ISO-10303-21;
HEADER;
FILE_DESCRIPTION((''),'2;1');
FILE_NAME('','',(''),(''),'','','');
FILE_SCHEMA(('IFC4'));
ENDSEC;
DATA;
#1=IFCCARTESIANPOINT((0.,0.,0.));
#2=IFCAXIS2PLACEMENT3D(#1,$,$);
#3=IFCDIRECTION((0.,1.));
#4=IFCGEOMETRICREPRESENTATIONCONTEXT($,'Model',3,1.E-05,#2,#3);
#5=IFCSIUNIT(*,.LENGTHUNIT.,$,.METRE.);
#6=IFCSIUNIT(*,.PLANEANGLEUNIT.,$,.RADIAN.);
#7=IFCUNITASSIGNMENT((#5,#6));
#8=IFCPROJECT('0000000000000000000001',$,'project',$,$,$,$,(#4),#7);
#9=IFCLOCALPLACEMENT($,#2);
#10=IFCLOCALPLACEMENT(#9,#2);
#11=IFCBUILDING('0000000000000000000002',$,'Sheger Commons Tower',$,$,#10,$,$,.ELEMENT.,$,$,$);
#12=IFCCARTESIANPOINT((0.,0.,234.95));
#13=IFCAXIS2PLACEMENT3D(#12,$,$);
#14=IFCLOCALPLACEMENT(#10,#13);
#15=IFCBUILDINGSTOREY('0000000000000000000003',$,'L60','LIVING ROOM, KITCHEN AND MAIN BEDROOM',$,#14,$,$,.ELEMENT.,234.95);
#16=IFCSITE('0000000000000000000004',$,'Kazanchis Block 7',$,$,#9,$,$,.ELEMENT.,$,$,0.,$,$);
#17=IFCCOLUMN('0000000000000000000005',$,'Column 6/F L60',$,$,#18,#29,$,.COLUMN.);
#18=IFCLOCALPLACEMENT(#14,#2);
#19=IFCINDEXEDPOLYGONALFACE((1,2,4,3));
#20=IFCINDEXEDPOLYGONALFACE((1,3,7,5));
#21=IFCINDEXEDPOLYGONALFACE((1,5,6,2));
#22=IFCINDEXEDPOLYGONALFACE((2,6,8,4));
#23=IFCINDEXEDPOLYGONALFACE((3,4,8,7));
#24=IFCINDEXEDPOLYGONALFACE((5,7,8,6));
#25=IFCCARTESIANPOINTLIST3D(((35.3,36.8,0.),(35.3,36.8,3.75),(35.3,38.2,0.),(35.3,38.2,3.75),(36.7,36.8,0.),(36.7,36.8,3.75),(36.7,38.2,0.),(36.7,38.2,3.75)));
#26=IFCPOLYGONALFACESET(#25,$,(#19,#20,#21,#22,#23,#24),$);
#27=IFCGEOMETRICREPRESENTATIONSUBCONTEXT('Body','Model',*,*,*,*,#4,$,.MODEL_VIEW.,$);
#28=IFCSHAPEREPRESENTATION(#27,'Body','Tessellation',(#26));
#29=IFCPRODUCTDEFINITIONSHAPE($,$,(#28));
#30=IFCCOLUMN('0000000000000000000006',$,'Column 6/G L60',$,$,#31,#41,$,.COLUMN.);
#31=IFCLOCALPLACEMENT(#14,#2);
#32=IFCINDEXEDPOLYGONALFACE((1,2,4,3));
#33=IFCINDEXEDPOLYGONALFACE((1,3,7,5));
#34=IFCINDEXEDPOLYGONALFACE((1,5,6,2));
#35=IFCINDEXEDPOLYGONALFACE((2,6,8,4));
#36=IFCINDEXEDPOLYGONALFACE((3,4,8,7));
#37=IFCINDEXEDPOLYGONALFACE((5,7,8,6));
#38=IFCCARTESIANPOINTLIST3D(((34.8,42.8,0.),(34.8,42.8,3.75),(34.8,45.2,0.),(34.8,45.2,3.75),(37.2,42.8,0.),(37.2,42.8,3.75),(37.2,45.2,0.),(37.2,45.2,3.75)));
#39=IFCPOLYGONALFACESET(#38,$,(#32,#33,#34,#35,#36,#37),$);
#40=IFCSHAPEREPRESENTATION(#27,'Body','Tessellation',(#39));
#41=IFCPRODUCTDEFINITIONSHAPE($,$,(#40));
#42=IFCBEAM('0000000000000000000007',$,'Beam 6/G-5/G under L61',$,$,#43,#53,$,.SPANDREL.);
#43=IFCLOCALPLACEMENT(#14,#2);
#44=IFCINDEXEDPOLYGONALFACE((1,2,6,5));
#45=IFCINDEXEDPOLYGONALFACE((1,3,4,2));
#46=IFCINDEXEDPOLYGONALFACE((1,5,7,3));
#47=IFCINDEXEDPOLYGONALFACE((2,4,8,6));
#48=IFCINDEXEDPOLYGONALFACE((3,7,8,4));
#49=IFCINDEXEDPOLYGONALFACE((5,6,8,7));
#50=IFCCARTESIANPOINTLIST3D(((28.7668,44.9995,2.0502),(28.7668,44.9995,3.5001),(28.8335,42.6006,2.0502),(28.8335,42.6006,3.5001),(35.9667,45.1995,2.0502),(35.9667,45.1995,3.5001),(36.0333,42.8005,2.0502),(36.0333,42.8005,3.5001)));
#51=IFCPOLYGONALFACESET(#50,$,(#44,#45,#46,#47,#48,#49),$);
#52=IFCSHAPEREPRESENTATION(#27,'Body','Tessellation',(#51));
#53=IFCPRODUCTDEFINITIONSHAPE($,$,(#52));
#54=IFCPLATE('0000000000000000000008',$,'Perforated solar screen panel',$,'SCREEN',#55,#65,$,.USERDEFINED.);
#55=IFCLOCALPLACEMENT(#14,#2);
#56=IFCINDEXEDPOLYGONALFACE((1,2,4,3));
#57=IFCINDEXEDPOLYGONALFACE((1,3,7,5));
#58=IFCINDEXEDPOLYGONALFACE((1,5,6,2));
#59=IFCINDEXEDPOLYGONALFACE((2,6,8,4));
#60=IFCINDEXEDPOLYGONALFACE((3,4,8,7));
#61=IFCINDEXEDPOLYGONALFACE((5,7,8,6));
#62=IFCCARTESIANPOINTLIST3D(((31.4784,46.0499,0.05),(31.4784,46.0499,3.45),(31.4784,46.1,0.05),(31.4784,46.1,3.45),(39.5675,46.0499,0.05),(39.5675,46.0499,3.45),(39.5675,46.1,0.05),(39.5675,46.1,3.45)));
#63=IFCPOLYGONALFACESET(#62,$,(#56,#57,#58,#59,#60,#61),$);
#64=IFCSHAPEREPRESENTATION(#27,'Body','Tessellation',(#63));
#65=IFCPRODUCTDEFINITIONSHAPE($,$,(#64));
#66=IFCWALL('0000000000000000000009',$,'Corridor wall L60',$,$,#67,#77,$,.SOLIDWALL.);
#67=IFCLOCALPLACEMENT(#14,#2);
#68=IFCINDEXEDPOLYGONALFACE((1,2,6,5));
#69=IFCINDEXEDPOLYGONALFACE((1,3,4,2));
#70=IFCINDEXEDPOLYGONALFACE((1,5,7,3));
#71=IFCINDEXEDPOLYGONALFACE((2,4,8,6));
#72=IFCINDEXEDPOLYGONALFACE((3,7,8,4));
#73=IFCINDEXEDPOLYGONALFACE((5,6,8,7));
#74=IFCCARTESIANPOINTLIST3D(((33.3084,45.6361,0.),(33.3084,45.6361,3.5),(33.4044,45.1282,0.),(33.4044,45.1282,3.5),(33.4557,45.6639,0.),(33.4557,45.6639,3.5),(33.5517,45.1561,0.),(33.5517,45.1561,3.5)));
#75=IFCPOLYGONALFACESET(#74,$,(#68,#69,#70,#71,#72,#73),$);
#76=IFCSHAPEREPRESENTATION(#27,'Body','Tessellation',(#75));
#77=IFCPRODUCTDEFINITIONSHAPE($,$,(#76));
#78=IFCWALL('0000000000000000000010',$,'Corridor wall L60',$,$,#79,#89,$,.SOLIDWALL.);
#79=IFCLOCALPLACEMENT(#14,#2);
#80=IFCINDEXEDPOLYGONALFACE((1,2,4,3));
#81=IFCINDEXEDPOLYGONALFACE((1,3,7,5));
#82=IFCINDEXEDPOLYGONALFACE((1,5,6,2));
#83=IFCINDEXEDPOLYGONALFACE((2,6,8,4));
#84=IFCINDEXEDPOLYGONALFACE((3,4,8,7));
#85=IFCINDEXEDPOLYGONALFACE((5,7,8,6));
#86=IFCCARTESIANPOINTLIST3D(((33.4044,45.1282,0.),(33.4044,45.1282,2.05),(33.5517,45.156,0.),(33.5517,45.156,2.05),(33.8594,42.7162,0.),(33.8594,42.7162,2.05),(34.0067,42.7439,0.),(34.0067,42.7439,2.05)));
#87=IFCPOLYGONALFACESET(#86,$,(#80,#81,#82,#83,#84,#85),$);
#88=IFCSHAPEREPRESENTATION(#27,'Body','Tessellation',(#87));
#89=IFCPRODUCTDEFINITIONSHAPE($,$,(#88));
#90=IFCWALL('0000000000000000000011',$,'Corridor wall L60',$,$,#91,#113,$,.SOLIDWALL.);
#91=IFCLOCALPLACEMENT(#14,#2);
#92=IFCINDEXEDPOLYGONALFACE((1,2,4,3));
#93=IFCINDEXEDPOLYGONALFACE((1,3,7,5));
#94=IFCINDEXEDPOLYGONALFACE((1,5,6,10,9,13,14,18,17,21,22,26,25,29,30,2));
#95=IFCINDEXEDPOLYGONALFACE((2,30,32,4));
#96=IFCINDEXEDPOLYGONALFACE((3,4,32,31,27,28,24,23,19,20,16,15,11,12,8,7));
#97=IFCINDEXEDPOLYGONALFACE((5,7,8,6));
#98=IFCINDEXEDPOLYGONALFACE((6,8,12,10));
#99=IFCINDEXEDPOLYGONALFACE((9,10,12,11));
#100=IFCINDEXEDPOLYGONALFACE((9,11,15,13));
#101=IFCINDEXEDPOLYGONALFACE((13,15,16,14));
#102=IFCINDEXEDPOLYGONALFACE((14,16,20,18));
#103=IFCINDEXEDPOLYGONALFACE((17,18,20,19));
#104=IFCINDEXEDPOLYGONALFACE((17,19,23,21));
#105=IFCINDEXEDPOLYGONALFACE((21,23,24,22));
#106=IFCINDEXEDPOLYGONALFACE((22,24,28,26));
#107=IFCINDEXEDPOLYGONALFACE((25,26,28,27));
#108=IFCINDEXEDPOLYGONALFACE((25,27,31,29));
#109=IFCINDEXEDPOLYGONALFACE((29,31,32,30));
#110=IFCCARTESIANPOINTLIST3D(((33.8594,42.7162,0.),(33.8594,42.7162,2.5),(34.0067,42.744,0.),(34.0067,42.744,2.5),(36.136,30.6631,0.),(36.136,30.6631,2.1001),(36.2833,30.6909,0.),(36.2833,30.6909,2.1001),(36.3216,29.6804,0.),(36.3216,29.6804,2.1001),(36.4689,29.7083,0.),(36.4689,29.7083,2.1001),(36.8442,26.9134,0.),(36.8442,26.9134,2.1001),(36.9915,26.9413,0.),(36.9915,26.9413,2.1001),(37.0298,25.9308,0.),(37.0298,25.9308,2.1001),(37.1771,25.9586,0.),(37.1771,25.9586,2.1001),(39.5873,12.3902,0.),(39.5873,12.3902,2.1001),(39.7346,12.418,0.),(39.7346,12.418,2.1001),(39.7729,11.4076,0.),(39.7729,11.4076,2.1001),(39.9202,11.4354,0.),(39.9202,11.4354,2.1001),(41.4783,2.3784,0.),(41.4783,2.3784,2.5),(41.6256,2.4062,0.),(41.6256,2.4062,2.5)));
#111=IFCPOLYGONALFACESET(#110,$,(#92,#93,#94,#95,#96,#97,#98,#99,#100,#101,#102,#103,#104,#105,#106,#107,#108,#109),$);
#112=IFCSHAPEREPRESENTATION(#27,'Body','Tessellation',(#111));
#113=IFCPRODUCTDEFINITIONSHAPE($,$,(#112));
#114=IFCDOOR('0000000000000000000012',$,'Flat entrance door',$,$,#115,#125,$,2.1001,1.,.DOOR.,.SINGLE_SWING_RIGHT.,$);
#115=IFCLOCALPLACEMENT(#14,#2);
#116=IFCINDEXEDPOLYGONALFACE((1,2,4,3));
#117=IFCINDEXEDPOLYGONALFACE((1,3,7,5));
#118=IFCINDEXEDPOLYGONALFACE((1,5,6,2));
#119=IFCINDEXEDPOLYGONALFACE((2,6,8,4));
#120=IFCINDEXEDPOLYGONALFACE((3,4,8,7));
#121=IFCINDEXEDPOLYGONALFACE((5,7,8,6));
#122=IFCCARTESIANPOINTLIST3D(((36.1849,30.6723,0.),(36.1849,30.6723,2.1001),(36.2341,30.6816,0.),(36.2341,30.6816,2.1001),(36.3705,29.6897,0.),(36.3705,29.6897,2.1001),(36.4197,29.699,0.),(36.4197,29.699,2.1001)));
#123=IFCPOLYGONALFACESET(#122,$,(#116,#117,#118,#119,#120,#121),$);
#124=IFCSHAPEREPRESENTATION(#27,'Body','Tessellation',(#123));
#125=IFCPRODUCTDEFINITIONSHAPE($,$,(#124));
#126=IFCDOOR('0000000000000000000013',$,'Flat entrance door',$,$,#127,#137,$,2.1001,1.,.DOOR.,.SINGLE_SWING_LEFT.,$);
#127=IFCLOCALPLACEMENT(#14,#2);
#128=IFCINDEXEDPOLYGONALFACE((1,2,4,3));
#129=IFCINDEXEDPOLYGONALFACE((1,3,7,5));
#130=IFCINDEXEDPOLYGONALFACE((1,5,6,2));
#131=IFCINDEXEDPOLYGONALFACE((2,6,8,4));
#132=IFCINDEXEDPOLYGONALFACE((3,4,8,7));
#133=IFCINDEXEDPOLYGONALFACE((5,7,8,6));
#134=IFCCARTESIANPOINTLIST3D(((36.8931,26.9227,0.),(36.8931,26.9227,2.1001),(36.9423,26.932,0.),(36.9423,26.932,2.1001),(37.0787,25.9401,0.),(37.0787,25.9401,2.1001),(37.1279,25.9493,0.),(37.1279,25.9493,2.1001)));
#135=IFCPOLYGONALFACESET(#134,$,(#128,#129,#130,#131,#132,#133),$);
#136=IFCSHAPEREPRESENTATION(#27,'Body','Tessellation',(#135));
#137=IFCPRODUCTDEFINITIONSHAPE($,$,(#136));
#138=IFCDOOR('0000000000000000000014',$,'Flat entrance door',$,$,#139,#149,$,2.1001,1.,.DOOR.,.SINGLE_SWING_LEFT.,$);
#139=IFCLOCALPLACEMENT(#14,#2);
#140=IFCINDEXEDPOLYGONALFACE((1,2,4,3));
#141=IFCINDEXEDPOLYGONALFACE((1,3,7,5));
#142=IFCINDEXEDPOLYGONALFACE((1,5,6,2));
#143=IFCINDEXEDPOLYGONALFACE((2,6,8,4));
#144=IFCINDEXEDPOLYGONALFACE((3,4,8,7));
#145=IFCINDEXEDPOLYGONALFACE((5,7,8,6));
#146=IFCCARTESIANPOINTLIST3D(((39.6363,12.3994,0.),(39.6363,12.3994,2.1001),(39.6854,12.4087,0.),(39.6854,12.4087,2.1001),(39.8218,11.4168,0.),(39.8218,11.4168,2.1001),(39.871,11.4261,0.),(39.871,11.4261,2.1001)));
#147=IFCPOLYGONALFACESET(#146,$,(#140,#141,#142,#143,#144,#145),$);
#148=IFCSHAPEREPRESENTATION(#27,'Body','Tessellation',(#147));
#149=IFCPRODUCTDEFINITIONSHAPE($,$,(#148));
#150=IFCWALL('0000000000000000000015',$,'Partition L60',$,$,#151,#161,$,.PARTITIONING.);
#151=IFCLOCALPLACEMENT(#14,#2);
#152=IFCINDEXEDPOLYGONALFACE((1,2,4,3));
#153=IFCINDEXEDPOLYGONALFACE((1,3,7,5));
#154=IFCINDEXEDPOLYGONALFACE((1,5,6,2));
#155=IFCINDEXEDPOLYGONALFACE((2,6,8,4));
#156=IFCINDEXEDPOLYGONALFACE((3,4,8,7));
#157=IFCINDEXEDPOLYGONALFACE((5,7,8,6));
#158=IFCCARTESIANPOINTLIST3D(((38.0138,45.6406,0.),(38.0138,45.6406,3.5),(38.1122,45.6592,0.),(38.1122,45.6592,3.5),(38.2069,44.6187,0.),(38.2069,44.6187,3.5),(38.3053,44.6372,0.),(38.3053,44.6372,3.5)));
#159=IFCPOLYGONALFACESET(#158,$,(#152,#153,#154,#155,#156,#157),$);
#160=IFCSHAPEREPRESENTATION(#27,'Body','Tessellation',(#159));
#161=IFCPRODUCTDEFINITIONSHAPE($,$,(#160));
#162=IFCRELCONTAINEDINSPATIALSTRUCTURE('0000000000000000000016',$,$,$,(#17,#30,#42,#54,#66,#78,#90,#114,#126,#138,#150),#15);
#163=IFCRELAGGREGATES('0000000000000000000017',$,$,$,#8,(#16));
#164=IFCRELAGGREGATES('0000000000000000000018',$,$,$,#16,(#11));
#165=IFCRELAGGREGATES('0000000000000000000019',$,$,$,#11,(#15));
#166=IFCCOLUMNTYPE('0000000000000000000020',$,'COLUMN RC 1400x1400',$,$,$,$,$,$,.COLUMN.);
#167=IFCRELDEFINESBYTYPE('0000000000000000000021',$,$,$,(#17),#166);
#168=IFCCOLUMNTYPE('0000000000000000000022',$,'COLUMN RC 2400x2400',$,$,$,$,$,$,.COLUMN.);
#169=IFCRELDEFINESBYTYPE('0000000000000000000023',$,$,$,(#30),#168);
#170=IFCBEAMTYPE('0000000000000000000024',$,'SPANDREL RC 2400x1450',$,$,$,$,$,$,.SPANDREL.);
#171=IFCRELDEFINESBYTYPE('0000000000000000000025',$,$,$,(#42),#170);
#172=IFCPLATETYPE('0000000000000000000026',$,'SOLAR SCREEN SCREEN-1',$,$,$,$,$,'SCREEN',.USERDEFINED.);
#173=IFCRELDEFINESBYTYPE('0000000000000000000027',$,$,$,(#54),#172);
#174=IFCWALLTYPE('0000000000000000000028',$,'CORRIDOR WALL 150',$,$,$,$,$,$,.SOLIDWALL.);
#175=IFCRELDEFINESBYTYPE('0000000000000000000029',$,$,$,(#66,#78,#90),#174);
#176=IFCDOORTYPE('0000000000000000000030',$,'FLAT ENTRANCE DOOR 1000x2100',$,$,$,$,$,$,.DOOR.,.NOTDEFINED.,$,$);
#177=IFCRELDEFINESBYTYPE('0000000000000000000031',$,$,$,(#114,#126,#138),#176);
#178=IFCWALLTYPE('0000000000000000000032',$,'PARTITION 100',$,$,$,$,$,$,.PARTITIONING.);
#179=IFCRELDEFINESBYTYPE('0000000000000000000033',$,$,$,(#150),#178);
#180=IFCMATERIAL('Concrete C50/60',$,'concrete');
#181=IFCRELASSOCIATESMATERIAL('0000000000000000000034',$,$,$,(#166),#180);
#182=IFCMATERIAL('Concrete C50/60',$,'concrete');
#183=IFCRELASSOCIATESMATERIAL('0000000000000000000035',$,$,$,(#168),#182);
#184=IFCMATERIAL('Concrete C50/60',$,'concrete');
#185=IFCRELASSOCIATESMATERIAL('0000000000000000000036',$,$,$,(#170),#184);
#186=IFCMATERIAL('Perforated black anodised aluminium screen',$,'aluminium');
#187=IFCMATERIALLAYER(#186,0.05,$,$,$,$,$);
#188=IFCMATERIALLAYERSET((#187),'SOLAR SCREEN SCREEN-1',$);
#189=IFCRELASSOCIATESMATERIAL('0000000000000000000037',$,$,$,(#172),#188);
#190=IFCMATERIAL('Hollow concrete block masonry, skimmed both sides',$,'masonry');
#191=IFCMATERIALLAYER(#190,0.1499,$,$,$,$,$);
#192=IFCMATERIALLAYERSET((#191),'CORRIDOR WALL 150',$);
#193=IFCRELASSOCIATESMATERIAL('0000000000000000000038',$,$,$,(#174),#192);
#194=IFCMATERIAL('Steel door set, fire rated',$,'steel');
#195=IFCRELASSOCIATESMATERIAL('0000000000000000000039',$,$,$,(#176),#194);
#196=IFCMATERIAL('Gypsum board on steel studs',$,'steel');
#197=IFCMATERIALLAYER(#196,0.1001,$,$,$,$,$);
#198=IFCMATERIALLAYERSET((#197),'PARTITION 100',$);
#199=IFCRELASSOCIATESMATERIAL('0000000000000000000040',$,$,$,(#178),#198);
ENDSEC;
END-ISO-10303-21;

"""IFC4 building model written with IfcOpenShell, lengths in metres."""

from ifc_helpers import new_model, si_unit, direction, frame, frame_2d, origin, origin_2d, place, context, subcontext, project, spatial, rectangle, extrude, material, layer, layer_set, material_profile, profile_set, type_object, element, fill, save


model = new_model("IFC4")

# Units and contexts
model_context = context("Model", 3, precision=1e-05, world=origin(), true_north=direction((0.0, 1.0)))
body_context = subcontext(model_context, "Body", "Model", "MODEL_VIEW")
ifc_project = project(units=[si_unit("LENGTHUNIT", "METRE"), si_unit("PLANEANGLEUNIT", "RADIAN")], contexts=[model_context])

# Site, building, storey
site_placement = place(None, origin())
site = spatial("IfcSite", under=ifc_project, at=site_placement, Name="Kazanchis Block 7", CompositionType="ELEMENT", RefElevation=0.0)
building_placement = place(site_placement, origin())
building = spatial("IfcBuilding", under=site, at=building_placement, Name="Sheger Commons Tower", CompositionType="ELEMENT")
storey_placement = place(building_placement, frame((0.0, 0.0, 234.95)))
storey = spatial("IfcBuildingStorey", under=building, at=storey_placement, Name="L60", Description="LIVING ROOM, KITCHEN AND MAIN BEDROOM", CompositionType="ELEMENT", Elevation=234.95)

# Columns
ifc_material_1 = material(Name="Concrete C50/60", Category="concrete")
ifc_material_profile_1 = material_profile(ifc_material_1, rectangle(XDim=1.3999, YDim=1.3999, at=origin_2d()), Name="RC 1400x1400")
ifc_profile_set_1 = profile_set([ifc_material_profile_1], Name="Concrete C50/60")
column_type_1 = type_object("IfcColumnType", Name="COLUMN RC 1400x1400", PredefinedType="COLUMN", material=ifc_profile_set_1)
column_1_placement = place(storey_placement, frame((36.0, 37.5, 0.0), z_axis=(0.0, 0.0, 1.0), x_axis=(1.0, 0.0, 0.0)))
element("IfcColumn", 1, at=column_1_placement, inside=storey, type_object=column_type_1, Name="Column 6/F L60", PredefinedType="COLUMN", context=body_context, shape_type="SweptSolid", body=[
    extrude(rectangle(XDim=1.3999, YDim=1.3999, at=origin_2d()), origin(), (0.0, 0.0, 1.0), 3.75),
])
ifc_material_2 = material(Name="Concrete C50/60", Category="concrete")
ifc_material_profile_2 = material_profile(ifc_material_2, rectangle(XDim=2.3999, YDim=2.3999, at=origin_2d()), Name="RC 2400x2400")
ifc_profile_set_2 = profile_set([ifc_material_profile_2], Name="Concrete C50/60")
column_type_2 = type_object("IfcColumnType", Name="COLUMN RC 2400x2400", PredefinedType="COLUMN", material=ifc_profile_set_2)
column_2_placement = place(storey_placement, frame((36.0, 44.0, 0.0), z_axis=(0.0, 0.0, 1.0), x_axis=(1.0, 0.0, 0.0)))
element("IfcColumn", 2, at=column_2_placement, inside=storey, type_object=column_type_2, Name="Column 6/G L60", PredefinedType="COLUMN", context=body_context, shape_type="SweptSolid", body=[
    extrude(rectangle(XDim=2.3999, YDim=2.3999, at=origin_2d()), origin(), (0.0, 0.0, 1.0), 3.75),
])

# Beam
ifc_material_3 = material(Name="Concrete C50/60", Category="concrete")
ifc_material_profile_3 = material_profile(ifc_material_3, rectangle(XDim=2.3999, YDim=1.45, at=origin_2d()), Name="RC 2400x1450")
ifc_profile_set_3 = profile_set([ifc_material_profile_3], Name="Concrete C50/60")
beam_type = type_object("IfcBeamType", Name="SPANDREL RC 2400x1450", PredefinedType="SPANDREL", material=ifc_profile_set_3)
beam_placement = place(storey_placement, frame((36.0, 44.0, 2.7751), z_axis=(-0.999615, -0.02776, 0.0), x_axis=(0.02776, -0.999615, 0.0)))
element("IfcBeam", 3, at=beam_placement, inside=storey, type_object=beam_type, Name="Beam 6/G-5/G under L61", PredefinedType="SPANDREL", context=body_context, shape_type="SweptSolid", body=[
    extrude(rectangle(XDim=2.3999, YDim=1.45, at=origin_2d()), origin(), (0.0, 0.0, 1.0), 7.2026),
])

# Plate
ifc_material_4 = material(Name="Perforated black anodised aluminium screen", Category="aluminium")
ifc_layer_1 = layer(ifc_material_4, 0.05)
ifc_layer_set_1 = layer_set([ifc_layer_1], Name="SOLAR SCREEN SCREEN-1")
plate_type = type_object("IfcPlateType", Name="SOLAR SCREEN SCREEN-1", ElementType="SCREEN", PredefinedType="USERDEFINED", material=ifc_layer_set_1)
plate_placement = place(storey_placement, frame((35.5229, 46.075, 0.05), z_axis=(0.0, 0.0, 1.0), x_axis=(-1.0, 0.0, 0.0)))
element("IfcPlate", 4, at=plate_placement, inside=storey, type_object=plate_type, Name="Perforated solar screen panel", ObjectType="SCREEN", PredefinedType="USERDEFINED", context=body_context, shape_type="SweptSolid", body=[
    extrude(rectangle(XDim=8.0891, YDim=0.05, at=origin_2d()), origin(), (0.0, 0.0, 1.0), 3.3999),
])

# Walls
ifc_material_5 = material(Name="Hollow concrete block masonry, skimmed both sides", Category="masonry")
ifc_layer_2 = layer(ifc_material_5, 0.1499)
ifc_layer_set_2 = layer_set([ifc_layer_2], Name="CORRIDOR WALL 150")
wall_type_1 = type_object("IfcWallType", Name="CORRIDOR WALL 150", PredefinedType="SOLIDWALL", material=ifc_layer_set_2)
wall_1_placement = place(storey_placement, frame((33.3821, 45.6499, 0.0), z_axis=(0.0, 0.0, 1.0), x_axis=(0.185657, -0.982615, 0.0)))
element("IfcWall", 5, at=wall_1_placement, inside=storey, type_object=wall_type_1, Name="Corridor wall L60", PredefinedType="SOLIDWALL", context=body_context, shape_type="SweptSolid", body=[
    extrude(rectangle(XDim=0.5168, YDim=0.1499, at=frame_2d((0.2583, 0.0))), origin(), (0.0, 0.0, 1.0), 3.5),
])
wall_2_placement = place(storey_placement, frame((33.478, 45.1421, 0.0), z_axis=(0.0, 0.0, 1.0), x_axis=(0.185393, -0.982664, 0.0)))
element("IfcWall", 6, at=wall_2_placement, inside=storey, type_object=wall_type_1, Name="Corridor wall L60", PredefinedType="SOLIDWALL", context=body_context, shape_type="SweptSolid", body=[
    extrude(rectangle(XDim=2.4546, YDim=0.1499, at=frame_2d((1.2273, 0.0))), origin(), (0.0, 0.0, 1.0), 2.05),
])

# Wall, openings, doors
wall_3_placement = place(storey_placement, frame((33.9331, 42.73, 0.0), z_axis=(0.0, 0.0, 1.0), x_axis=(0.185595, -0.982626, 0.0)))
wall_3 = element("IfcWall", 7, at=wall_3_placement, inside=storey, type_object=wall_type_1, Name="Corridor wall L60", PredefinedType="SOLIDWALL", context=body_context, shape_type="SweptSolid", body=[
    extrude(rectangle(XDim=41.051, YDim=0.1499, at=frame_2d((20.5254, 0.0))), origin(), (0.0, 0.0, 1.0), 2.5),
])
opening_1_placement = place(wall_3_placement, frame((12.2661, 0.0, 0.0)))
opening_1 = element("IfcOpeningElement", 8, at=opening_1_placement, cuts=wall_3, PredefinedType="OPENING", context=body_context, shape_type="SweptSolid", body=[
    extrude(rectangle(XDim=1.0, YDim=2.1001, at=frame_2d((0.5, 1.05))), frame((0.0, 0.085, 0.0), z_axis=(0.0, -1.0, 0.0), x_axis=(1.0, 0.0, 0.0)), (0.0, 0.0, 1.0), 0.1699),
])
opening_2_placement = place(wall_3_placement, frame((16.082, 0.0, 0.0)))
opening_2 = element("IfcOpeningElement", 9, at=opening_2_placement, cuts=wall_3, PredefinedType="OPENING", context=body_context, shape_type="SweptSolid", body=[
    extrude(rectangle(XDim=1.0, YDim=2.1001, at=frame_2d((0.5, 1.05))), frame((0.0, 0.085, 0.0), z_axis=(0.0, -1.0, 0.0), x_axis=(1.0, 0.0, 0.0)), (0.0, 0.0, 1.0), 0.1699),
])
opening_3_placement = place(wall_3_placement, frame((30.8621, 0.0, 0.0)))
opening_3 = element("IfcOpeningElement", 10, at=opening_3_placement, cuts=wall_3, PredefinedType="OPENING", context=body_context, shape_type="SweptSolid", body=[
    extrude(rectangle(XDim=1.0, YDim=2.1001, at=frame_2d((0.5, 1.05))), frame((0.0, 0.085, 0.0), z_axis=(0.0, -1.0, 0.0), x_axis=(1.0, 0.0, 0.0)), (0.0, 0.0, 1.0), 0.1699),
])
ifc_material_6 = material(Name="Steel door set, fire rated", Category="steel")
door_type_1 = type_object("IfcDoorType", Name="FLAT ENTRANCE DOOR 1000x2100", OperationType="NOTDEFINED", PredefinedType="DOOR", material=ifc_material_6)
door_1_placement = place(opening_1_placement, origin())
door_1 = element("IfcDoor", 11, at=door_1_placement, inside=storey, type_object=door_type_1, Name="Flat entrance door", OperationType="SINGLE_SWING_RIGHT", OverallHeight=2.1001, OverallWidth=1.0, PredefinedType="DOOR", context=body_context, shape_type="SweptSolid", body=[
    extrude(rectangle(XDim=1.0, YDim=2.1001, at=frame_2d((0.5, 1.05))), frame((0.0, 0.0249, 0.0), z_axis=(0.0, -1.0, 0.0), x_axis=(1.0, 0.0, 0.0)), (0.0, 0.0, 1.0), 0.05),
])
fill(opening_1, door_1)
door_2_placement = place(opening_2_placement, origin())
door_2 = element("IfcDoor", 12, at=door_2_placement, inside=storey, type_object=door_type_1, Name="Flat entrance door", OperationType="SINGLE_SWING_LEFT", OverallHeight=2.1001, OverallWidth=1.0, PredefinedType="DOOR", context=body_context, shape_type="SweptSolid", body=[
    extrude(rectangle(XDim=1.0, YDim=2.1001, at=frame_2d((0.5, 1.05))), frame((0.0, 0.0249, 0.0), z_axis=(0.0, -1.0, 0.0), x_axis=(1.0, 0.0, 0.0)), (0.0, 0.0, 1.0), 0.05),
])
fill(opening_2, door_2)
door_3_placement = place(opening_3_placement, origin())
door_3 = element("IfcDoor", 13, at=door_3_placement, inside=storey, type_object=door_type_1, Name="Flat entrance door", OperationType="SINGLE_SWING_LEFT", OverallHeight=2.1001, OverallWidth=1.0, PredefinedType="DOOR", context=body_context, shape_type="SweptSolid", body=[
    extrude(rectangle(XDim=1.0, YDim=2.1001, at=frame_2d((0.5, 1.05))), frame((0.0, 0.0249, 0.0), z_axis=(0.0, -1.0, 0.0), x_axis=(1.0, 0.0, 0.0)), (0.0, 0.0, 1.0), 0.05),
])
fill(opening_3, door_3)

# Wall
ifc_material_7 = material(Name="Gypsum board on steel studs", Category="steel")
ifc_layer_3 = layer(ifc_material_7, 0.1001)
ifc_layer_set_3 = layer_set([ifc_layer_3], Name="PARTITION 100")
wall_type_2 = type_object("IfcWallType", Name="PARTITION 100", PredefinedType="PARTITIONING", material=ifc_layer_set_3)
wall_4_placement = place(storey_placement, frame((38.063, 45.6499, 0.0), z_axis=(0.0, 0.0, 1.0), x_axis=(0.185677, -0.982611, 0.0)))
element("IfcWall", 14, at=wall_4_placement, inside=storey, type_object=wall_type_2, Name="Partition L60", PredefinedType="PARTITIONING", context=body_context, shape_type="SweptSolid", body=[
    extrude(rectangle(XDim=1.04, YDim=0.1001, at=frame_2d((0.52, 0.0))), origin(), (0.0, 0.0, 1.0), 3.5),
])

save(model, "model.ifc")
